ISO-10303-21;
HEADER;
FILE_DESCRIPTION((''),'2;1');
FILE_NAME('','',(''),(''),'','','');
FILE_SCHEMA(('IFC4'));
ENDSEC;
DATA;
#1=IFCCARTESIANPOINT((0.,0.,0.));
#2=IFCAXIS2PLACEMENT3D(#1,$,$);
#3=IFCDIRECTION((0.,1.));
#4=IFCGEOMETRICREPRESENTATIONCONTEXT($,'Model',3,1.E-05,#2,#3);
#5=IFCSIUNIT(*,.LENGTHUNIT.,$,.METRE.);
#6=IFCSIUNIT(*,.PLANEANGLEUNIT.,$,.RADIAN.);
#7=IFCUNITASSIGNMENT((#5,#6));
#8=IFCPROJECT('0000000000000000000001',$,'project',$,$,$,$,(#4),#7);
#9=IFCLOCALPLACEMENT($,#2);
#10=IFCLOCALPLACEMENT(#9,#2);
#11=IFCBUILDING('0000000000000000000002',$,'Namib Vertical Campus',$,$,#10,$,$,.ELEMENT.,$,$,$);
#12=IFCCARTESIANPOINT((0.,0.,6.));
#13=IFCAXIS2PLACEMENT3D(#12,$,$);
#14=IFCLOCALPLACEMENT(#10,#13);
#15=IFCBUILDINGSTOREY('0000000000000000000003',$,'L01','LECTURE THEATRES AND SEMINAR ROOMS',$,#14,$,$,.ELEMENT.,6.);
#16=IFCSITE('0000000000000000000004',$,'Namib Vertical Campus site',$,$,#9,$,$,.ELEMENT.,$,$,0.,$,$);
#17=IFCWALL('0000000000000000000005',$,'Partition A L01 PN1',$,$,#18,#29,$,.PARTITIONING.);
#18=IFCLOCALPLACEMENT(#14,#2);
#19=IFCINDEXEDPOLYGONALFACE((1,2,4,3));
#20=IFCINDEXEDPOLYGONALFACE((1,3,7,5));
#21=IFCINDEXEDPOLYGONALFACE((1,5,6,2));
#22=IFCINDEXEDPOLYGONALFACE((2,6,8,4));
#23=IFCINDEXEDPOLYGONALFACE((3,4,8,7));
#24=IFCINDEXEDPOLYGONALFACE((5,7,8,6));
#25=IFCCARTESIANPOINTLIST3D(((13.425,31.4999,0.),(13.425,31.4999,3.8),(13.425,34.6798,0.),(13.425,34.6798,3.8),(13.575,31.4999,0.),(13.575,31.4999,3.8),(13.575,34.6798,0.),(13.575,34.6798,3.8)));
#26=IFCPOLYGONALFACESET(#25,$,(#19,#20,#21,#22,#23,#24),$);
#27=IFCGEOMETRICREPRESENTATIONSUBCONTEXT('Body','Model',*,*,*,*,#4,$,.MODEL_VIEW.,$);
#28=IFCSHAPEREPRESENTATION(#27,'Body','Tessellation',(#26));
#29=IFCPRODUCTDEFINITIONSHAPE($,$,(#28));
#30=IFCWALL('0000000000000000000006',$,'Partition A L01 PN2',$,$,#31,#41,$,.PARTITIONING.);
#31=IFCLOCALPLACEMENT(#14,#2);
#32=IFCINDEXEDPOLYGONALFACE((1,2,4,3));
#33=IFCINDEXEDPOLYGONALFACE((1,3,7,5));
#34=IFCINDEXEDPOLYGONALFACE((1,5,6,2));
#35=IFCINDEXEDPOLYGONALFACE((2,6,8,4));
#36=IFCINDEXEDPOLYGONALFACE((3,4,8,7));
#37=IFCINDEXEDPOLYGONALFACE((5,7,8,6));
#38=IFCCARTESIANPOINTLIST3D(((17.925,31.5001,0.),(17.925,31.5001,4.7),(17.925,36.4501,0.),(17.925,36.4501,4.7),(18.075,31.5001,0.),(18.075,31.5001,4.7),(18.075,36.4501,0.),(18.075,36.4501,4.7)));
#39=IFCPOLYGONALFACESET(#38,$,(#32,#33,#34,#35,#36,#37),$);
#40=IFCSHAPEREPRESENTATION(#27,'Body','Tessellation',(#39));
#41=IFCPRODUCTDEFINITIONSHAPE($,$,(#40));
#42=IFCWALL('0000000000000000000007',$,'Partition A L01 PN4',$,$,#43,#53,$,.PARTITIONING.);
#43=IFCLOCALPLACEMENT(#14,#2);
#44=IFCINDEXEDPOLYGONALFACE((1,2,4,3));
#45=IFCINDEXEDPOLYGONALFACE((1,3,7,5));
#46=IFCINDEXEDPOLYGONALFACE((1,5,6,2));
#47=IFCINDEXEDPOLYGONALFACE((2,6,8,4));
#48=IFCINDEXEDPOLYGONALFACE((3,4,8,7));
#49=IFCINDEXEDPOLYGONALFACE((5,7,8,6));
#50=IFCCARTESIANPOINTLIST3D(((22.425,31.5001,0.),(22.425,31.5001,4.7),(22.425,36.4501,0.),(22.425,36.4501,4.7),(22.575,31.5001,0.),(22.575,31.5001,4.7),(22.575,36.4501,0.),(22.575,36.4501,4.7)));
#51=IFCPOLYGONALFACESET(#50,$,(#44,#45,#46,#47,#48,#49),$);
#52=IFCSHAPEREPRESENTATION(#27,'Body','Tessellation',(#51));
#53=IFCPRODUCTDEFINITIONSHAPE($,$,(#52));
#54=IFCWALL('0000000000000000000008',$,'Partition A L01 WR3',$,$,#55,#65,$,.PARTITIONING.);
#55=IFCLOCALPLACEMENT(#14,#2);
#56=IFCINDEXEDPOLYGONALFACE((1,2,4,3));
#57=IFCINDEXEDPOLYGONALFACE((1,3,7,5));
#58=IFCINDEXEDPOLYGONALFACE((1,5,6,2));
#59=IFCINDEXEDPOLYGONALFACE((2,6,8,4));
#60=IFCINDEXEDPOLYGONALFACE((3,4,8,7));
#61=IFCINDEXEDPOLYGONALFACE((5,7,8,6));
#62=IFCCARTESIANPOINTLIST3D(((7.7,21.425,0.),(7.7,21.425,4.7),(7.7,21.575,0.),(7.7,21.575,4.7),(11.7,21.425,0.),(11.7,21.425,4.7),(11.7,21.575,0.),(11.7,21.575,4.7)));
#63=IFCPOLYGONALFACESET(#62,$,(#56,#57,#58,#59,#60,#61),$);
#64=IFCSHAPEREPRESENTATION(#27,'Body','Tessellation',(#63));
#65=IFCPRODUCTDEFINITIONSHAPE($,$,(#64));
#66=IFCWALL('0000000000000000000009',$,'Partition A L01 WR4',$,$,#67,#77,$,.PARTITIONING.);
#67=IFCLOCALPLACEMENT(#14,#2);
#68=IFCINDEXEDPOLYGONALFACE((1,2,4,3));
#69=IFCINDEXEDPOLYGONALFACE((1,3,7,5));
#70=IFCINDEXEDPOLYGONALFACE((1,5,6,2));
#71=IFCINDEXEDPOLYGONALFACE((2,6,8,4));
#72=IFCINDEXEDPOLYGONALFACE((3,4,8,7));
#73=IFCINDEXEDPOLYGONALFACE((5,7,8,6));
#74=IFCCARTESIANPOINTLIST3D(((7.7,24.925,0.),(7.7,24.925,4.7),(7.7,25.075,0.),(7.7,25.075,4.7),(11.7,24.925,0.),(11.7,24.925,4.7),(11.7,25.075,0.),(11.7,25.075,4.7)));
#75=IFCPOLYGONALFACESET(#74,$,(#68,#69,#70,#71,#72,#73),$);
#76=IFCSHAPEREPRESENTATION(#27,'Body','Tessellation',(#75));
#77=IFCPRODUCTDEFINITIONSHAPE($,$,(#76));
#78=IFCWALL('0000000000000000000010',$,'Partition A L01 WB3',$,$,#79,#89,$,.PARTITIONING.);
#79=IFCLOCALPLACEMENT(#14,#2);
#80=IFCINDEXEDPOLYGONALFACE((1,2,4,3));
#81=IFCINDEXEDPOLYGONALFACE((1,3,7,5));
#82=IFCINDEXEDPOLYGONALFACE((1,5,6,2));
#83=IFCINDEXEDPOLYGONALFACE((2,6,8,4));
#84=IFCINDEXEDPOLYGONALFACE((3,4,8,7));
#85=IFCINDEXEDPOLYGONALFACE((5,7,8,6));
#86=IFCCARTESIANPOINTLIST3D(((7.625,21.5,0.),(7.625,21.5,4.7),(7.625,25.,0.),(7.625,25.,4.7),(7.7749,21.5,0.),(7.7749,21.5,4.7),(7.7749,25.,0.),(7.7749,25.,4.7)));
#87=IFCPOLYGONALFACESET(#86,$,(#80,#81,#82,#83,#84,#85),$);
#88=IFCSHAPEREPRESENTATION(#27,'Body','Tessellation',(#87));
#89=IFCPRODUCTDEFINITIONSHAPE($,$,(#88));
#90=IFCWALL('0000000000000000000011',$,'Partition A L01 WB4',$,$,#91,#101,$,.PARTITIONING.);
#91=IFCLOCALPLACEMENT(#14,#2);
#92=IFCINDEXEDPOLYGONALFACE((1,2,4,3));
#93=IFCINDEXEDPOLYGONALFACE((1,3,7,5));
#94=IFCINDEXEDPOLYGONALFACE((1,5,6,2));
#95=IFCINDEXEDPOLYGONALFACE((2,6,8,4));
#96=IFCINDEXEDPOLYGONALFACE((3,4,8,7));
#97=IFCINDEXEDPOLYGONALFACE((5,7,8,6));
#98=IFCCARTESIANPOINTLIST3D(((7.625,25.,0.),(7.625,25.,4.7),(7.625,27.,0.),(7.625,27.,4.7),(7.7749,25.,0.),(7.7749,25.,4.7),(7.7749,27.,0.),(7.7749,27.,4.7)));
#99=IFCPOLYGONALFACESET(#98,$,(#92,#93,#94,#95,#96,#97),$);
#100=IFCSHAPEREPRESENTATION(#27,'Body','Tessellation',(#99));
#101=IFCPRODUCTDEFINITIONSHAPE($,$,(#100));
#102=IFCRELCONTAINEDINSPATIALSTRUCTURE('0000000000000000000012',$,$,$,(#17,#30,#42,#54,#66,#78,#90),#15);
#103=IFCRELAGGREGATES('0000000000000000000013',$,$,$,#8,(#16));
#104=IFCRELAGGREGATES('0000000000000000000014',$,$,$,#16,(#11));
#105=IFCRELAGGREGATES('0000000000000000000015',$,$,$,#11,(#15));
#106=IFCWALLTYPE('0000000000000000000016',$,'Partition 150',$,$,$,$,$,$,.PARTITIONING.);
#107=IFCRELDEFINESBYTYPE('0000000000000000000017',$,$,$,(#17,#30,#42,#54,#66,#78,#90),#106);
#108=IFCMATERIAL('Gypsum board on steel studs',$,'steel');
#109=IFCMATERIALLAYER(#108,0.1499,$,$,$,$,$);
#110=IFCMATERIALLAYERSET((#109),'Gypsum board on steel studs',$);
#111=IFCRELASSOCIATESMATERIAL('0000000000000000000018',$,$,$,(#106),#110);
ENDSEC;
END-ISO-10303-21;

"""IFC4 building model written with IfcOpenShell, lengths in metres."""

from ifc_helpers import new_model, si_unit, direction, frame, frame_2d, origin, place, context, subcontext, project, spatial, rectangle, extrude, material, layer, layer_set, type_object, element, save


model = new_model("IFC4")

# Units and contexts
model_context = context("Model", 3, precision=1e-05, world=origin(), true_north=direction((0.0, 1.0)))
body_context = subcontext(model_context, "Body", "Model", "MODEL_VIEW")
ifc_project = project(units=[si_unit("LENGTHUNIT", "METRE"), si_unit("PLANEANGLEUNIT", "RADIAN")], contexts=[model_context])

# Site, building, storey
site_placement = place(None, origin())
site = spatial("IfcSite", under=ifc_project, at=site_placement, Name="Namib Vertical Campus site", CompositionType="ELEMENT", RefElevation=0.0)
building_placement = place(site_placement, origin())
building = spatial("IfcBuilding", under=site, at=building_placement, Name="Namib Vertical Campus", CompositionType="ELEMENT")
storey_placement = place(building_placement, frame((0.0, 0.0, 6.0)))
storey = spatial("IfcBuildingStorey", under=building, at=storey_placement, Name="L01", Description="LECTURE THEATRES AND SEMINAR ROOMS", CompositionType="ELEMENT", Elevation=6.0)

# Walls
ifc_material_1 = material(Name="Gypsum board on steel studs", Category="steel")
ifc_layer_1 = layer(ifc_material_1, 0.1499)
ifc_layer_set_1 = layer_set([ifc_layer_1], Name="Gypsum board on steel studs")
wall_type_1 = type_object("IfcWallType", Name="Partition 150", PredefinedType="PARTITIONING", material=ifc_layer_set_1)
wall_1_placement = place(storey_placement, frame((13.5, 31.5, 0.0), z_axis=(0.0, 0.0, 1.0), x_axis=(0.0, 1.0, 0.0)))
element("IfcWall", 1, at=wall_1_placement, inside=storey, type_object=wall_type_1, Name="Partition A L01 PN1", PredefinedType="PARTITIONING", context=body_context, shape_type="SweptSolid", body=[
    extrude(rectangle(XDim=3.1799, YDim=0.1499, at=frame_2d((1.5898, 0.0))), origin(), (0.0, 0.0, 1.0), 3.8),
])
for number, where, z_axis, x_axis, name in (
    (2, (18.0, 31.5, 0.0), (0.0, 0.0, 1.0), (0.0, 1.0, 0.0), "Partition A L01 PN2"),
    (3, (22.5, 31.5, 0.0), (0.0, 0.0, 1.0), (0.0, 1.0, 0.0), "Partition A L01 PN4"),
):
    element("IfcWall", number, at=place(storey_placement, frame(where, z_axis=z_axis, x_axis=x_axis)), inside=storey, type_object=wall_type_1, Name=name, PredefinedType="PARTITIONING", context=body_context, shape_type="SweptSolid", body=[
        extrude(rectangle(XDim=4.95, YDim=0.1499, at=frame_2d((2.4751, 0.0))), origin(), (0.0, 0.0, 1.0), 4.7),
    ])
for number, where, z_axis, x_axis, name in (
    (4, (11.7, 21.5, 0.0), (0.0, 0.0, 1.0), (-1.0, 0.0, 0.0), "Partition A L01 WR3"),
    (5, (11.7, 25.0, 0.0), (0.0, 0.0, 1.0), (-1.0, 0.0, 0.0), "Partition A L01 WR4"),
):
    element("IfcWall", number, at=place(storey_placement, frame(where, z_axis=z_axis, x_axis=x_axis)), inside=storey, type_object=wall_type_1, Name=name, PredefinedType="PARTITIONING", context=body_context, shape_type="SweptSolid", body=[
        extrude(rectangle(XDim=4.0, YDim=0.1499, at=frame_2d((2.0, 0.0))), origin(), (0.0, 0.0, 1.0), 4.7),
    ])
wall_2_placement = place(storey_placement, frame((7.7, 21.5, 0.0), z_axis=(0.0, 0.0, 1.0), x_axis=(0.0, 1.0, 0.0)))
element("IfcWall", 6, at=wall_2_placement, inside=storey, type_object=wall_type_1, Name="Partition A L01 WB3", PredefinedType="PARTITIONING", context=body_context, shape_type="SweptSolid", body=[
    extrude(rectangle(XDim=3.5, YDim=0.1499, at=frame_2d((1.75, 0.0))), origin(), (0.0, 0.0, 1.0), 4.7),
])
wall_3_placement = place(storey_placement, frame((7.7, 25.0, 0.0), z_axis=(0.0, 0.0, 1.0), x_axis=(0.0, 1.0, 0.0)))
element("IfcWall", 7, at=wall_3_placement, inside=storey, type_object=wall_type_1, Name="Partition A L01 WB4", PredefinedType="PARTITIONING", context=body_context, shape_type="SweptSolid", body=[
    extrude(rectangle(XDim=2.0, YDim=0.1499, at=frame_2d((1.0, 0.0))), origin(), (0.0, 0.0, 1.0), 4.7),
])

save(model, "model.ifc")
